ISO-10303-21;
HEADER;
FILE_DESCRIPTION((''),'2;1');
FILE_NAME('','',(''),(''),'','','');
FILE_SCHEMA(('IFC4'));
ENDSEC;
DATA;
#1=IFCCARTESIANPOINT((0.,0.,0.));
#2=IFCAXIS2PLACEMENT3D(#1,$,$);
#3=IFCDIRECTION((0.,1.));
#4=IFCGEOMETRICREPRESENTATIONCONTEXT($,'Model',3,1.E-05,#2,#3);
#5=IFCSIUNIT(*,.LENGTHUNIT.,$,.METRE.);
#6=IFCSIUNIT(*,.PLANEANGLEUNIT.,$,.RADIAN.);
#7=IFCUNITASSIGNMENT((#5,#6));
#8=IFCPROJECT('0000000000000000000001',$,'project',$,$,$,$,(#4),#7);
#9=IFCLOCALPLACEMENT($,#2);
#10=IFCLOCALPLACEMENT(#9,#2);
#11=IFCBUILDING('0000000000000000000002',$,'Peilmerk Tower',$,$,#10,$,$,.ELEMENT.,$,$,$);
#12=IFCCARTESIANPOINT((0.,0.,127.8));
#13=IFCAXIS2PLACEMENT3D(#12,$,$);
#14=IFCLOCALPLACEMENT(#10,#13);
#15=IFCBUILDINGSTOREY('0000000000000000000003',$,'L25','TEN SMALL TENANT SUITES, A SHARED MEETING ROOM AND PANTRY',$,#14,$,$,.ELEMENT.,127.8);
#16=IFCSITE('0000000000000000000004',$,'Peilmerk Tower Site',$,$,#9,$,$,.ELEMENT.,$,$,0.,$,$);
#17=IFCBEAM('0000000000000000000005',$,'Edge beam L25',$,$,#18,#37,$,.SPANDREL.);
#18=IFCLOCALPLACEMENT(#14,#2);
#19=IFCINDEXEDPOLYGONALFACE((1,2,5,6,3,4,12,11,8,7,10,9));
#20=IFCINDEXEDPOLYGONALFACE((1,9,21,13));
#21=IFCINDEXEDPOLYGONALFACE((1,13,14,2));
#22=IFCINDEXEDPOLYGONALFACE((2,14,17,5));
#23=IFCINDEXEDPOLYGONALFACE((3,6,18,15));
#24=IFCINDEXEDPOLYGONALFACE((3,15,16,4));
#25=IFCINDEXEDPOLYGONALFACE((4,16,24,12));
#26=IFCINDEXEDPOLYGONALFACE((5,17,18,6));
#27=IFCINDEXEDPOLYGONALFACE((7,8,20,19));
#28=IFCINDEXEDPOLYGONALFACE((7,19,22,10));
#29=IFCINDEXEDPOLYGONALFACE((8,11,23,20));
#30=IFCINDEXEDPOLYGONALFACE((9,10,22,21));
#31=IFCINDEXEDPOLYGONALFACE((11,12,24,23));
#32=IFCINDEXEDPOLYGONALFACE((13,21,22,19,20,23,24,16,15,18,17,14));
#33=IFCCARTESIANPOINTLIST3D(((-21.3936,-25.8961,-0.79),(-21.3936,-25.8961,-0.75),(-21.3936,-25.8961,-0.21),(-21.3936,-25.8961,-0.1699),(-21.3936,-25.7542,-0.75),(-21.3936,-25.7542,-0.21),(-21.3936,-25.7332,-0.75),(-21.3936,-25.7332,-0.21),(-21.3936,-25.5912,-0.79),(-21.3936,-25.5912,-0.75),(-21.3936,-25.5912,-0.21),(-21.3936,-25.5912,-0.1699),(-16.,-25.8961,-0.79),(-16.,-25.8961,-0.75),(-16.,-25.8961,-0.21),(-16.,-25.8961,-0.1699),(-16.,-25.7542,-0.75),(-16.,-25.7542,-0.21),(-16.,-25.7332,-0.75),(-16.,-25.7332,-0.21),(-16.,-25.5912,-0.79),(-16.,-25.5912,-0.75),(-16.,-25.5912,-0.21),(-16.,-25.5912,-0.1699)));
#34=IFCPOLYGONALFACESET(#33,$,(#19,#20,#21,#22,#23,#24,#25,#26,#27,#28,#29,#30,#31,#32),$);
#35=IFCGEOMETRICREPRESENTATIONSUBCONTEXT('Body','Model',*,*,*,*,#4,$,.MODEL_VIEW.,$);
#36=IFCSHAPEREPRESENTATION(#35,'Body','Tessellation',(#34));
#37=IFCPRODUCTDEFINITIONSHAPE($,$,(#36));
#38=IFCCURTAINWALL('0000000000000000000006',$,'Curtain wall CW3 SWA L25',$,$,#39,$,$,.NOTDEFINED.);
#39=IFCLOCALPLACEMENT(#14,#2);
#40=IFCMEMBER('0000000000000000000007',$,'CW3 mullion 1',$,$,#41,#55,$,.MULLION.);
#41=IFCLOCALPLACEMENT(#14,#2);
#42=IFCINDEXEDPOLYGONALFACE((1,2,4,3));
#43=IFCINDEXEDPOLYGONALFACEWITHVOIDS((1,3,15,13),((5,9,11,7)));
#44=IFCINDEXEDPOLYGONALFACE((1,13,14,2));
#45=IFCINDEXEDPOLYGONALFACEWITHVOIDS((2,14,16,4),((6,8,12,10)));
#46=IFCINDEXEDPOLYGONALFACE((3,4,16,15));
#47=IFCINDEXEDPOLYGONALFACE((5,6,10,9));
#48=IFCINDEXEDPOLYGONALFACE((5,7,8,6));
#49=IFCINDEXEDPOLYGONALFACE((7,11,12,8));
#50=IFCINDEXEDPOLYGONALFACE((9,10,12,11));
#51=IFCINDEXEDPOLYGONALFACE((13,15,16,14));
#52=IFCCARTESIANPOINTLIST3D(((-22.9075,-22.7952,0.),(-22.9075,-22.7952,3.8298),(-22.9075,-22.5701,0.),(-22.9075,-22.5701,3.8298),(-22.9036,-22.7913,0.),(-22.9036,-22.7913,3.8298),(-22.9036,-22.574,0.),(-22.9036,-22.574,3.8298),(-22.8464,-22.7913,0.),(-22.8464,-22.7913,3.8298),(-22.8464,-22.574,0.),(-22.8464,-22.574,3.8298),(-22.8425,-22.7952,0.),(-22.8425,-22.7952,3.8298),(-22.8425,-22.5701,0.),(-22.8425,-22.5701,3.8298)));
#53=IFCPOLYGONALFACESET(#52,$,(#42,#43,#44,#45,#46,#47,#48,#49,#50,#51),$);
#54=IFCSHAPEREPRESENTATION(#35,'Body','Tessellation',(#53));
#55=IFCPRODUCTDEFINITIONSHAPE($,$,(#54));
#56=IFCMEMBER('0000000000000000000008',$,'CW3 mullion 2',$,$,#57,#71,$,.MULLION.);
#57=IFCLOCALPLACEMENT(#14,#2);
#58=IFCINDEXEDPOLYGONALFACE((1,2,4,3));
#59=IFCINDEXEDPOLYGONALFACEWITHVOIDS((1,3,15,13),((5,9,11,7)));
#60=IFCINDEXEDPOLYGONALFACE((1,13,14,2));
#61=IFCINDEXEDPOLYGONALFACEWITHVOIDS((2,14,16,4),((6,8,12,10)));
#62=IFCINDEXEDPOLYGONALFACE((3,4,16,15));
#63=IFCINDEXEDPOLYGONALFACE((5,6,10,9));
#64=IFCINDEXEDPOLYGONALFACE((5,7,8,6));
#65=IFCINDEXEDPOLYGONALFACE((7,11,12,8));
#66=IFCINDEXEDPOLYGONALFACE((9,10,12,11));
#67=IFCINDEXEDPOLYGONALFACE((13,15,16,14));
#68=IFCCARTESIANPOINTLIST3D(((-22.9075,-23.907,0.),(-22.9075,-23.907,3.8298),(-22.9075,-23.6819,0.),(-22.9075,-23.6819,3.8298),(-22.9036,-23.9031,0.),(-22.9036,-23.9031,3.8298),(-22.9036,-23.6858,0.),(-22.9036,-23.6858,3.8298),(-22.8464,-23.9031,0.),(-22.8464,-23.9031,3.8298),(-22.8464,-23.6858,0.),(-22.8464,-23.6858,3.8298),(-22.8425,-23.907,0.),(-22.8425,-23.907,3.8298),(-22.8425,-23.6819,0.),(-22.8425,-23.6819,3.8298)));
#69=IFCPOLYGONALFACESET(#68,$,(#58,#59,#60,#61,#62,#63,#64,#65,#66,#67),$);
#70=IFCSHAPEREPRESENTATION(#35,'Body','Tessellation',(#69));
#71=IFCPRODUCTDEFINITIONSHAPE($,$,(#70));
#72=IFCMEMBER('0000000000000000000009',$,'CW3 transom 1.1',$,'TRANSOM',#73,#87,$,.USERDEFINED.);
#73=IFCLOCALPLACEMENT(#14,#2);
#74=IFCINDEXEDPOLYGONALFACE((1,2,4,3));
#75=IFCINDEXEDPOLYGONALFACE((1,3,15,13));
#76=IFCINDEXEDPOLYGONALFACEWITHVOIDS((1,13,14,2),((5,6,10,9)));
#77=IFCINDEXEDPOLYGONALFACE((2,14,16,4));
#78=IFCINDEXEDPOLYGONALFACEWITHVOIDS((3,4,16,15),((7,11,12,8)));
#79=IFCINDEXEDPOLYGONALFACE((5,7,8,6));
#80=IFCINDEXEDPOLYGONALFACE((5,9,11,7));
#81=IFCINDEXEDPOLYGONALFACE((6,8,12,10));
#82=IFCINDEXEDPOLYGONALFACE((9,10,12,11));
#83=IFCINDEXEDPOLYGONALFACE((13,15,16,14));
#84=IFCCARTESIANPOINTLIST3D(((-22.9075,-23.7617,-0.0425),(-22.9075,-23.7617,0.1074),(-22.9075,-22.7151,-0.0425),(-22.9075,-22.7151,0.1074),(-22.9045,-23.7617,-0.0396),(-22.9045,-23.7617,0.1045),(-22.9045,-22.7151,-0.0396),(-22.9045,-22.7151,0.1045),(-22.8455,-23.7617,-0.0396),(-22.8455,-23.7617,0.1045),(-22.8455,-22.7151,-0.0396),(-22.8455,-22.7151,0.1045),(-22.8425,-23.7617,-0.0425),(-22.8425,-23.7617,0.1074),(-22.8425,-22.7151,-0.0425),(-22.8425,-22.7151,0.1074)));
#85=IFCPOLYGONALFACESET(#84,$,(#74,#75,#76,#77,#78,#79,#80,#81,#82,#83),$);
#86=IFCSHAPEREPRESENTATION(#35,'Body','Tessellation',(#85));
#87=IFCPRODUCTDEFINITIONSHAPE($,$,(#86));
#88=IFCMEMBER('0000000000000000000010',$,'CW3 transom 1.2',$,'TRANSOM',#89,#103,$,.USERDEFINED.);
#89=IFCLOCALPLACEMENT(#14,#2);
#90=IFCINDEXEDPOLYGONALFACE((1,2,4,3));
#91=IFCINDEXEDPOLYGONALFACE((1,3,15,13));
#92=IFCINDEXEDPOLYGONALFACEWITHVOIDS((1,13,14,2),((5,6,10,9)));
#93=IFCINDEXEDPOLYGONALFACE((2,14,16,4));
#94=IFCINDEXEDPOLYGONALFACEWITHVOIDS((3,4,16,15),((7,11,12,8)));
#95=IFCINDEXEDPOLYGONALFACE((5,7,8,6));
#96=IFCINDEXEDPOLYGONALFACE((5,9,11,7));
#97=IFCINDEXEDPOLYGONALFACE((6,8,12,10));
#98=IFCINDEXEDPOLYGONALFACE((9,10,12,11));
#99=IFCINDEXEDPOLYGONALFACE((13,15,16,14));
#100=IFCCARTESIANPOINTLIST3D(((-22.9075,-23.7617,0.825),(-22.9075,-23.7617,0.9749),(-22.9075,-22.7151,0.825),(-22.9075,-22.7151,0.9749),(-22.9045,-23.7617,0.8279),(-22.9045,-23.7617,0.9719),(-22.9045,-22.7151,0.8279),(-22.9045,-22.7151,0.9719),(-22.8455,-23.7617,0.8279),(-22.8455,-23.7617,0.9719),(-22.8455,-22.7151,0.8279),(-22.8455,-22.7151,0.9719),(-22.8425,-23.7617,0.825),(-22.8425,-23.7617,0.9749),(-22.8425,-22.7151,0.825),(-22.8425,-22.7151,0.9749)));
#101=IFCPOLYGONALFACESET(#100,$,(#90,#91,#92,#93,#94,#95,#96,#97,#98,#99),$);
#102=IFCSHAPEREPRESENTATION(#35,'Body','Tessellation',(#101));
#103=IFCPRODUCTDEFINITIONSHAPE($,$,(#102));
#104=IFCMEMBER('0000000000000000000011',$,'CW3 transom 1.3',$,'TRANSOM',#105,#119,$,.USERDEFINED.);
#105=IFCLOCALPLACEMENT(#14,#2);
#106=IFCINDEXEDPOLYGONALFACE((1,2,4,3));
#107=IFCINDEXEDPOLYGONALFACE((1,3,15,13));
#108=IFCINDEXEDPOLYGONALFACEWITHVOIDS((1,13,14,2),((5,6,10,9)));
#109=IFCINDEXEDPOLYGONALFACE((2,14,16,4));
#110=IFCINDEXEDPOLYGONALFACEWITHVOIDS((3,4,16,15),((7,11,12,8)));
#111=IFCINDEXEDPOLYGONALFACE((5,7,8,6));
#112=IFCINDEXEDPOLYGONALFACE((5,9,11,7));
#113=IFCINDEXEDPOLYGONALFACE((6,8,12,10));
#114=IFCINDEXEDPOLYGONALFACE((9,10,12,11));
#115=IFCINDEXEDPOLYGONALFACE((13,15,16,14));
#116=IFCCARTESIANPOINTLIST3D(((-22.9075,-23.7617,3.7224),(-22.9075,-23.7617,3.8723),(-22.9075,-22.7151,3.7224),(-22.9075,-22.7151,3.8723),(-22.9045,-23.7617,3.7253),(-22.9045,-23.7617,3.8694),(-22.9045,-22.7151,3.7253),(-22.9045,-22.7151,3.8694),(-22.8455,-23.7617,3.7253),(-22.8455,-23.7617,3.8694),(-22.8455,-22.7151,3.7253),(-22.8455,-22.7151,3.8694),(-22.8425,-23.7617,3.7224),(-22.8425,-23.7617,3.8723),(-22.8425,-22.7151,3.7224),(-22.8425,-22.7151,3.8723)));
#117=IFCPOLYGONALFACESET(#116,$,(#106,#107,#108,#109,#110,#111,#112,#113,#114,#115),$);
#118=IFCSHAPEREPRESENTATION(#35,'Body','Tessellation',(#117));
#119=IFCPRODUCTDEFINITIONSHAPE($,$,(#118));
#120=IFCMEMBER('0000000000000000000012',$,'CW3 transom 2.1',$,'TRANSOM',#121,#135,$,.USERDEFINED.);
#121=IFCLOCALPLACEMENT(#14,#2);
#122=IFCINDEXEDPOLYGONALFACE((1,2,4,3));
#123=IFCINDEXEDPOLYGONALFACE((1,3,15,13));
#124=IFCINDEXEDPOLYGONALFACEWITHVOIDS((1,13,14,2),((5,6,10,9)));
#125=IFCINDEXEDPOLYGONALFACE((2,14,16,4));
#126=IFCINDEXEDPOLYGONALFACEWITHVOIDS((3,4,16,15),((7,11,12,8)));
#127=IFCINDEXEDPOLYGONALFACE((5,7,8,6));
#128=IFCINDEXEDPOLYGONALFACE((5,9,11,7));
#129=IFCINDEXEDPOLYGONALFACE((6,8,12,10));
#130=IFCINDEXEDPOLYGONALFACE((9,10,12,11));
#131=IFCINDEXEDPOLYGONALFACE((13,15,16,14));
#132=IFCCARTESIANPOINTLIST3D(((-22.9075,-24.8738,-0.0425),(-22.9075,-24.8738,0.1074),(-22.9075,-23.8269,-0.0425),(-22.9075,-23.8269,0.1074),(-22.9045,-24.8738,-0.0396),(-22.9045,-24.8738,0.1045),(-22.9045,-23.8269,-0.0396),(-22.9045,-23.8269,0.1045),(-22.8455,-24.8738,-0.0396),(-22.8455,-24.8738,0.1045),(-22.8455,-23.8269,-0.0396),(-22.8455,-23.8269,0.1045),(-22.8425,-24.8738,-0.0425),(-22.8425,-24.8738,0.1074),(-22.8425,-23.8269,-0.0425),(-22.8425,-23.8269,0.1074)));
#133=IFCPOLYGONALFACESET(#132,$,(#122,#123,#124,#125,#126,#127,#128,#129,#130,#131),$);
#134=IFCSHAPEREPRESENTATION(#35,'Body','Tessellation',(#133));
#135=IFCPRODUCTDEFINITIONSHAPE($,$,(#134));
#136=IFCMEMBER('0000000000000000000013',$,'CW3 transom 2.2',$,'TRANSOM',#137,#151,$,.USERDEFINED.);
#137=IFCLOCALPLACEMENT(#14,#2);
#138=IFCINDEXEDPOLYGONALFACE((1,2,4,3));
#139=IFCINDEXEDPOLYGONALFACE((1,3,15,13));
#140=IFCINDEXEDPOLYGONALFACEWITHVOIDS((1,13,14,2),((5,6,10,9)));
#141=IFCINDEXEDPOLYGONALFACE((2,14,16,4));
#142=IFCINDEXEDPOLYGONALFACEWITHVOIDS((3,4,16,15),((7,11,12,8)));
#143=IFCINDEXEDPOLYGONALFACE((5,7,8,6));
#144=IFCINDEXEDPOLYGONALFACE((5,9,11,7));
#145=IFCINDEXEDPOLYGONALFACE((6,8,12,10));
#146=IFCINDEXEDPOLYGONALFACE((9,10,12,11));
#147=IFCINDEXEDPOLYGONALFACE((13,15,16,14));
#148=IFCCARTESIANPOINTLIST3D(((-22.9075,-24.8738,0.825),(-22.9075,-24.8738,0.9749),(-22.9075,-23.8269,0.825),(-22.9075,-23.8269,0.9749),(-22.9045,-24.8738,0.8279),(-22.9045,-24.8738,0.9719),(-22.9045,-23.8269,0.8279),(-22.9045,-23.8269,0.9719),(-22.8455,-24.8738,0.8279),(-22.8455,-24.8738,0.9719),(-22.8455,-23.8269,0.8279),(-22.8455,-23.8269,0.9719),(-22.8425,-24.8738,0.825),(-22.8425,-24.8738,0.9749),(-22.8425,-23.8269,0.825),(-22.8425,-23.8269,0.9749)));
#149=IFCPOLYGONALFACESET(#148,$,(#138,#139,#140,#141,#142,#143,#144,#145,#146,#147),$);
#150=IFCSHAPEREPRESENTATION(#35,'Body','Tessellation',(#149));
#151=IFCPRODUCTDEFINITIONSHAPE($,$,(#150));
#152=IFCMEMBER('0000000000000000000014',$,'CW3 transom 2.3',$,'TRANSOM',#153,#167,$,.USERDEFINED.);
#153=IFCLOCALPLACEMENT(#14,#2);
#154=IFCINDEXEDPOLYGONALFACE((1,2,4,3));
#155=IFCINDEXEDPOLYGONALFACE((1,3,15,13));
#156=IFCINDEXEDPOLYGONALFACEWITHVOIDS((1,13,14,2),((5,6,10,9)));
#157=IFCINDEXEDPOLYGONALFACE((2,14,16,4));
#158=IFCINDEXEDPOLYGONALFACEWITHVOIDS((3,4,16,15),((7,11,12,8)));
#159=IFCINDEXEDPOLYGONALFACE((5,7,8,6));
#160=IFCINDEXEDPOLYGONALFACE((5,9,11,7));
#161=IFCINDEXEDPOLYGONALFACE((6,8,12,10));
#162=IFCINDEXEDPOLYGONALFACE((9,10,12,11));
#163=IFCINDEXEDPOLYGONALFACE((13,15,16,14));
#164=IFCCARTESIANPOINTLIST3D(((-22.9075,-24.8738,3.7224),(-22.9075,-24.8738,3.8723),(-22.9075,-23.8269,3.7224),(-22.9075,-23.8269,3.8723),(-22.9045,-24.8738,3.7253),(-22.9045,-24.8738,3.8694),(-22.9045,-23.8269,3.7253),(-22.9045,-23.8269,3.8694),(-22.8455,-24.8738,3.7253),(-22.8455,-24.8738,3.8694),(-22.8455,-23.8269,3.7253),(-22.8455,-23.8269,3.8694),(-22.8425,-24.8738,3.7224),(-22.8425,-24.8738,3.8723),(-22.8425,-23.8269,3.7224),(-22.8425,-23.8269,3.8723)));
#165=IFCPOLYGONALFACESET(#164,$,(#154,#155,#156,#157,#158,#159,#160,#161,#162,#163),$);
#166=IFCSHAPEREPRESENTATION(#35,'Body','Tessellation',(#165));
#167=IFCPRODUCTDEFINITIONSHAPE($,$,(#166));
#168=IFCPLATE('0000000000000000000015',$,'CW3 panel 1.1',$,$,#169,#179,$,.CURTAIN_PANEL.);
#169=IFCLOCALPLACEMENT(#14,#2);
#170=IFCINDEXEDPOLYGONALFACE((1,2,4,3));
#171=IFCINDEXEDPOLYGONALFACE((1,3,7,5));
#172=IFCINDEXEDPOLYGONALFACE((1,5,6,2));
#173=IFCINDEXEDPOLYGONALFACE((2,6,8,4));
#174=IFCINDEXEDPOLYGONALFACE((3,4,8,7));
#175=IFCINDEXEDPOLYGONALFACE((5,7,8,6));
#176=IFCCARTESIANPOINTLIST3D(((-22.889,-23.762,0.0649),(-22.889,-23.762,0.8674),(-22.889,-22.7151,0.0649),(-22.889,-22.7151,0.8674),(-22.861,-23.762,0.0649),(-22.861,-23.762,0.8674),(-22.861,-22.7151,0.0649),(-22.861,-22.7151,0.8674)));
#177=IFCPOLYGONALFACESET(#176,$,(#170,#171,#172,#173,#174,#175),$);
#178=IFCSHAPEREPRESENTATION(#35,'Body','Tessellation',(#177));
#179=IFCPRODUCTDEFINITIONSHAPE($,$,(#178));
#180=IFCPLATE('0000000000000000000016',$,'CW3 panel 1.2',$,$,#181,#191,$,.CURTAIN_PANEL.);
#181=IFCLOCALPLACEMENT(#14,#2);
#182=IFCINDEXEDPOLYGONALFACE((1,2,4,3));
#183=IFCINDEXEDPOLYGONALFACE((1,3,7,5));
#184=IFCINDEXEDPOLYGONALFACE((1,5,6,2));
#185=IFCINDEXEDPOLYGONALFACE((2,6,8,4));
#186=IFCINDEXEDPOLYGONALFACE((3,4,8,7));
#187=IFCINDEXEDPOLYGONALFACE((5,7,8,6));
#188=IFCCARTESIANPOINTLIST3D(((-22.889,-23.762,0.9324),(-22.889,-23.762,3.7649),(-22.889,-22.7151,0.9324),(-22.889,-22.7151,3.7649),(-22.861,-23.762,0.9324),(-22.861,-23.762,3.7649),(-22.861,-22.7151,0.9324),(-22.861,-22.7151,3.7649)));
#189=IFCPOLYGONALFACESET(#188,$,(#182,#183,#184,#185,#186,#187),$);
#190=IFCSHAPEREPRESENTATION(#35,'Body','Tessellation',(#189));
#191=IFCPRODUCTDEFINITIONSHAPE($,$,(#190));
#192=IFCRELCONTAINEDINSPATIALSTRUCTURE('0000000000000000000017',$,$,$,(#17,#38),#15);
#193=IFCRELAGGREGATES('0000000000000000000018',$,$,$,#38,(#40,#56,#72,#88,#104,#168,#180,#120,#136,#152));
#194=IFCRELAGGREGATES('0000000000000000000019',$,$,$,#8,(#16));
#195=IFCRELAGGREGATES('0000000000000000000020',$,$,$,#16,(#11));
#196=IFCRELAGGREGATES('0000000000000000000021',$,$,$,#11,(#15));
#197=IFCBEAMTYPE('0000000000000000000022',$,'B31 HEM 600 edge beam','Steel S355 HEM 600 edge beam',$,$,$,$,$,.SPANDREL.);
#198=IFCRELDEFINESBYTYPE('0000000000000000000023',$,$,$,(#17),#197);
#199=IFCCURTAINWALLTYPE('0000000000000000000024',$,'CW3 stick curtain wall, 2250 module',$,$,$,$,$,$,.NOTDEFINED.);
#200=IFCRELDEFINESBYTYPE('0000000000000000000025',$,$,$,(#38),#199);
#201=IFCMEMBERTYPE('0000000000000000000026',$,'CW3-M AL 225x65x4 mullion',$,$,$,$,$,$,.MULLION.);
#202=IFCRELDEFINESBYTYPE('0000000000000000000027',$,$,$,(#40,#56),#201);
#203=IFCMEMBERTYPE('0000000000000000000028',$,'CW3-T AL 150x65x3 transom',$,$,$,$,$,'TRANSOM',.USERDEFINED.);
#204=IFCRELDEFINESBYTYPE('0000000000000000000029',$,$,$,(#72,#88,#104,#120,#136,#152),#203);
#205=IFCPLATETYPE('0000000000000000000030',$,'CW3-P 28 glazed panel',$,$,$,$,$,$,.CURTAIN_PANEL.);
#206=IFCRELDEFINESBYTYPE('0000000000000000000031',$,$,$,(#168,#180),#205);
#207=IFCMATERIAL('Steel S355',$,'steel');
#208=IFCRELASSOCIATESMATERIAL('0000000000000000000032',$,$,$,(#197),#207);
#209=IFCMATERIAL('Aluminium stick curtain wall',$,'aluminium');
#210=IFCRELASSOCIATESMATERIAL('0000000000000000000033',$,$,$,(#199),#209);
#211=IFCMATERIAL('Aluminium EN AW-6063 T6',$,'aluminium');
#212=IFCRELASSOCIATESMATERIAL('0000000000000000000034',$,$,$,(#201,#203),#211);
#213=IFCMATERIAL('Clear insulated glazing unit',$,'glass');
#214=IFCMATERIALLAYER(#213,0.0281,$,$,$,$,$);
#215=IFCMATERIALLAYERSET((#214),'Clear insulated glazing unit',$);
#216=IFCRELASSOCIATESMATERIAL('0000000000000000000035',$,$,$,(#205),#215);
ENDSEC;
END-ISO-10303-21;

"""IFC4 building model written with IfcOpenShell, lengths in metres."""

from ifc_helpers import new_model, si_unit, direction, frame, origin, origin_2d, place, context, subcontext, project, spatial, rectangle, hollow_rectangle, i_section, extrude, material, layer, layer_set, material_profile, profile_set, type_object, element, aggregate, save


model = new_model("IFC4")

# Units and contexts
model_context = context("Model", 3, precision=1e-05, world=origin(), true_north=direction((0.0, 1.0)))
body_context = subcontext(model_context, "Body", "Model", "MODEL_VIEW")
ifc_project = project(units=[si_unit("LENGTHUNIT", "METRE"), si_unit("PLANEANGLEUNIT", "RADIAN")], contexts=[model_context])

# Site, building, storey
site_placement = place(None, origin())
site = spatial("IfcSite", under=ifc_project, at=site_placement, Name="Peilmerk Tower Site", CompositionType="ELEMENT", RefElevation=0.0)
building_placement = place(site_placement, origin())
building = spatial("IfcBuilding", under=site, at=building_placement, Name="Peilmerk Tower", CompositionType="ELEMENT")
storey_placement = place(building_placement, frame((0.0, 0.0, 127.8)))
storey = spatial("IfcBuildingStorey", under=building, at=storey_placement, Name="L25", Description="TEN SMALL TENANT SUITES, A SHARED MEETING ROOM AND PANTRY", CompositionType="ELEMENT", Elevation=127.8)

# Beam
ifc_material_1 = material(Name="Steel S355", Category="steel")
ifc_material_profile_1 = material_profile(ifc_material_1, i_section(OverallWidth=0.3049, OverallDepth=0.6201, WebThickness=0.021, FlangeThickness=0.04, at=origin_2d()), Name="HEM 600")
ifc_profile_set_1 = profile_set([ifc_material_profile_1], Name="Steel S355")
beam_type_1 = type_object("IfcBeamType", Name="B31 HEM 600 edge beam", Description="Steel S355 HEM 600 edge beam", PredefinedType="SPANDREL", material=ifc_profile_set_1)
beam_1_placement = place(storey_placement, frame((-21.3936, -25.7437, -0.48), z_axis=(1.0, 0.0, 0.0), x_axis=(0.0, 1.0, 0.0)))
element("IfcBeam", 1, at=beam_1_placement, inside=storey, type_object=beam_type_1, Name="Edge beam L25", PredefinedType="SPANDREL", context=body_context, shape_type="SweptSolid", body=[
    extrude(i_section(OverallWidth=0.3049, OverallDepth=0.6201, WebThickness=0.021, FlangeThickness=0.04, at=origin_2d()), origin(), (0.0, 0.0, 1.0), 5.3936),
])

# Curtain wall, members, plates
ifc_material_2 = material(Name="Aluminium stick curtain wall", Category="aluminium")
curtain_wall_type = type_object("IfcCurtainWallType", Name="CW3 stick curtain wall, 2250 module", PredefinedType="NOTDEFINED", material=ifc_material_2)
curtain_wall_placement = place(storey_placement, origin())
curtain_wall = element("IfcCurtainWall", 2, at=curtain_wall_placement, inside=storey, type_object=curtain_wall_type, Name="Curtain wall CW3 SWA L25", PredefinedType="NOTDEFINED")
ifc_material_3 = material(Name="Aluminium EN AW-6063 T6", Category="aluminium")
ifc_material_profile_2 = material_profile(ifc_material_3, hollow_rectangle(XDim=0.0649, YDim=0.2251, WallThickness=0.0039, at=origin_2d()), Name="AL 225x65x4")
ifc_profile_set_2 = profile_set([ifc_material_profile_2], Name="Aluminium EN AW-6063 T6")
member_type_1 = type_object("IfcMemberType", Name="CW3-M AL 225x65x4 mullion", PredefinedType="MULLION", material=ifc_profile_set_2)
member_1_placement = place(storey_placement, frame((-22.875, -22.6826, 0.0), z_axis=(0.0, 0.0, 1.0), x_axis=(1.0, 0.0, 0.0)))
member_1 = element("IfcMember", 3, at=member_1_placement, type_object=member_type_1, Name="CW3 mullion 1", PredefinedType="MULLION", context=body_context, shape_type="SweptSolid", body=[
    extrude(hollow_rectangle(XDim=0.0649, YDim=0.2251, WallThickness=0.0039, at=origin_2d()), origin(), (0.0, 0.0, 1.0), 3.8298),
])
member_2_placement = place(storey_placement, frame((-22.875, -23.7944, 0.0), z_axis=(0.0, 0.0, 1.0), x_axis=(1.0, 0.0, 0.0)))
member_2 = element("IfcMember", 4, at=member_2_placement, type_object=member_type_1, Name="CW3 mullion 2", PredefinedType="MULLION", context=body_context, shape_type="SweptSolid", body=[
    extrude(hollow_rectangle(XDim=0.0649, YDim=0.2251, WallThickness=0.0039, at=origin_2d()), origin(), (0.0, 0.0, 1.0), 3.8298),
])
ifc_material_profile_3 = material_profile(ifc_material_3, hollow_rectangle(XDim=0.0649, YDim=0.1499, WallThickness=0.0029, at=origin_2d()), Name="AL 150x65x3")
ifc_profile_set_3 = profile_set([ifc_material_profile_3], Name="Aluminium EN AW-6063 T6")
member_type_2 = type_object("IfcMemberType", Name="CW3-T AL 150x65x3 transom", ElementType="TRANSOM", PredefinedType="USERDEFINED", material=ifc_profile_set_3)
member_3_placement = place(storey_placement, frame((-22.875, -22.7151, 0.0325), z_axis=(0.0, -1.0, 0.0), x_axis=(1.0, 0.0, 0.0)))
member_3 = element("IfcMember", 5, at=member_3_placement, type_object=member_type_2, Name="CW3 transom 1.1", ObjectType="TRANSOM", PredefinedType="USERDEFINED", context=body_context, shape_type="SweptSolid", body=[
    extrude(hollow_rectangle(XDim=0.0649, YDim=0.1499, WallThickness=0.0029, at=origin_2d()), origin(), (0.0, 0.0, 1.0), 1.0466),
])
member_4_placement = place(storey_placement, frame((-22.875, -22.7151, 0.8999), z_axis=(0.0, -1.0, 0.0), x_axis=(1.0, 0.0, 0.0)))
member_4 = element("IfcMember", 6, at=member_4_placement, type_object=member_type_2, Name="CW3 transom 1.2", ObjectType="TRANSOM", PredefinedType="USERDEFINED", context=body_context, shape_type="SweptSolid", body=[
    extrude(hollow_rectangle(XDim=0.0649, YDim=0.1499, WallThickness=0.0029, at=origin_2d()), origin(), (0.0, 0.0, 1.0), 1.0466),
])
member_5_placement = place(storey_placement, frame((-22.875, -22.7151, 3.7974), z_axis=(0.0, -1.0, 0.0), x_axis=(1.0, 0.0, 0.0)))
member_5 = element("IfcMember", 7, at=member_5_placement, type_object=member_type_2, Name="CW3 transom 1.3", ObjectType="TRANSOM", PredefinedType="USERDEFINED", context=body_context, shape_type="SweptSolid", body=[
    extrude(hollow_rectangle(XDim=0.0649, YDim=0.1499, WallThickness=0.0029, at=origin_2d()), origin(), (0.0, 0.0, 1.0), 1.0466),
])
member_6_placement = place(storey_placement, frame((-22.875, -23.8269, 0.0325), z_axis=(0.0, -1.0, 0.0), x_axis=(1.0, 0.0, 0.0)))
member_6 = element("IfcMember", 8, at=member_6_placement, type_object=member_type_2, Name="CW3 transom 2.1", ObjectType="TRANSOM", PredefinedType="USERDEFINED", context=body_context, shape_type="SweptSolid", body=[
    extrude(hollow_rectangle(XDim=0.0649, YDim=0.1499, WallThickness=0.0029, at=origin_2d()), origin(), (0.0, 0.0, 1.0), 1.0469),
])
member_7_placement = place(storey_placement, frame((-22.875, -23.8269, 0.8999), z_axis=(0.0, -1.0, 0.0), x_axis=(1.0, 0.0, 0.0)))
member_7 = element("IfcMember", 9, at=member_7_placement, type_object=member_type_2, Name="CW3 transom 2.2", ObjectType="TRANSOM", PredefinedType="USERDEFINED", context=body_context, shape_type="SweptSolid", body=[
    extrude(hollow_rectangle(XDim=0.0649, YDim=0.1499, WallThickness=0.0029, at=origin_2d()), origin(), (0.0, 0.0, 1.0), 1.0469),
])
member_8_placement = place(storey_placement, frame((-22.875, -23.8269, 3.7974), z_axis=(0.0, -1.0, 0.0), x_axis=(1.0, 0.0, 0.0)))
member_8 = element("IfcMember", 10, at=member_8_placement, type_object=member_type_2, Name="CW3 transom 2.3", ObjectType="TRANSOM", PredefinedType="USERDEFINED", context=body_context, shape_type="SweptSolid", body=[
    extrude(hollow_rectangle(XDim=0.0649, YDim=0.1499, WallThickness=0.0029, at=origin_2d()), origin(), (0.0, 0.0, 1.0), 1.0469),
])
ifc_material_4 = material(Name="Clear insulated glazing unit", Category="glass")
ifc_layer = layer(ifc_material_4, 0.0281)
ifc_layer_set = layer_set([ifc_layer], Name="Clear insulated glazing unit")
plate_type = type_object("IfcPlateType", Name="CW3-P 28 glazed panel", PredefinedType="CURTAIN_PANEL", material=ifc_layer_set)
plate_1_placement = place(storey_placement, frame((-22.875, -23.2385, 0.0649), z_axis=(0.0, 0.0, 1.0), x_axis=(0.0, -1.0, 0.0)))
plate_1 = element("IfcPlate", 11, at=plate_1_placement, type_object=plate_type, Name="CW3 panel 1.1", PredefinedType="CURTAIN_PANEL", context=body_context, shape_type="SweptSolid", body=[
    extrude(rectangle(XDim=1.0469, YDim=0.0281, at=origin_2d()), origin(), (0.0, 0.0, 1.0), 0.8025),
])
plate_2_placement = place(storey_placement, frame((-22.875, -23.2385, 0.9324), z_axis=(0.0, 0.0, 1.0), x_axis=(0.0, -1.0, 0.0)))
plate_2 = element("IfcPlate", 12, at=plate_2_placement, type_object=plate_type, Name="CW3 panel 1.2", PredefinedType="CURTAIN_PANEL", context=body_context, shape_type="SweptSolid", body=[
    extrude(rectangle(XDim=1.0469, YDim=0.0281, at=origin_2d()), origin(), (0.0, 0.0, 1.0), 2.8325),
])
aggregate(curtain_wall, [member_1, member_2, member_3, member_4, member_5, plate_1, plate_2, member_6, member_7, member_8])

save(model, "model.ifc")
